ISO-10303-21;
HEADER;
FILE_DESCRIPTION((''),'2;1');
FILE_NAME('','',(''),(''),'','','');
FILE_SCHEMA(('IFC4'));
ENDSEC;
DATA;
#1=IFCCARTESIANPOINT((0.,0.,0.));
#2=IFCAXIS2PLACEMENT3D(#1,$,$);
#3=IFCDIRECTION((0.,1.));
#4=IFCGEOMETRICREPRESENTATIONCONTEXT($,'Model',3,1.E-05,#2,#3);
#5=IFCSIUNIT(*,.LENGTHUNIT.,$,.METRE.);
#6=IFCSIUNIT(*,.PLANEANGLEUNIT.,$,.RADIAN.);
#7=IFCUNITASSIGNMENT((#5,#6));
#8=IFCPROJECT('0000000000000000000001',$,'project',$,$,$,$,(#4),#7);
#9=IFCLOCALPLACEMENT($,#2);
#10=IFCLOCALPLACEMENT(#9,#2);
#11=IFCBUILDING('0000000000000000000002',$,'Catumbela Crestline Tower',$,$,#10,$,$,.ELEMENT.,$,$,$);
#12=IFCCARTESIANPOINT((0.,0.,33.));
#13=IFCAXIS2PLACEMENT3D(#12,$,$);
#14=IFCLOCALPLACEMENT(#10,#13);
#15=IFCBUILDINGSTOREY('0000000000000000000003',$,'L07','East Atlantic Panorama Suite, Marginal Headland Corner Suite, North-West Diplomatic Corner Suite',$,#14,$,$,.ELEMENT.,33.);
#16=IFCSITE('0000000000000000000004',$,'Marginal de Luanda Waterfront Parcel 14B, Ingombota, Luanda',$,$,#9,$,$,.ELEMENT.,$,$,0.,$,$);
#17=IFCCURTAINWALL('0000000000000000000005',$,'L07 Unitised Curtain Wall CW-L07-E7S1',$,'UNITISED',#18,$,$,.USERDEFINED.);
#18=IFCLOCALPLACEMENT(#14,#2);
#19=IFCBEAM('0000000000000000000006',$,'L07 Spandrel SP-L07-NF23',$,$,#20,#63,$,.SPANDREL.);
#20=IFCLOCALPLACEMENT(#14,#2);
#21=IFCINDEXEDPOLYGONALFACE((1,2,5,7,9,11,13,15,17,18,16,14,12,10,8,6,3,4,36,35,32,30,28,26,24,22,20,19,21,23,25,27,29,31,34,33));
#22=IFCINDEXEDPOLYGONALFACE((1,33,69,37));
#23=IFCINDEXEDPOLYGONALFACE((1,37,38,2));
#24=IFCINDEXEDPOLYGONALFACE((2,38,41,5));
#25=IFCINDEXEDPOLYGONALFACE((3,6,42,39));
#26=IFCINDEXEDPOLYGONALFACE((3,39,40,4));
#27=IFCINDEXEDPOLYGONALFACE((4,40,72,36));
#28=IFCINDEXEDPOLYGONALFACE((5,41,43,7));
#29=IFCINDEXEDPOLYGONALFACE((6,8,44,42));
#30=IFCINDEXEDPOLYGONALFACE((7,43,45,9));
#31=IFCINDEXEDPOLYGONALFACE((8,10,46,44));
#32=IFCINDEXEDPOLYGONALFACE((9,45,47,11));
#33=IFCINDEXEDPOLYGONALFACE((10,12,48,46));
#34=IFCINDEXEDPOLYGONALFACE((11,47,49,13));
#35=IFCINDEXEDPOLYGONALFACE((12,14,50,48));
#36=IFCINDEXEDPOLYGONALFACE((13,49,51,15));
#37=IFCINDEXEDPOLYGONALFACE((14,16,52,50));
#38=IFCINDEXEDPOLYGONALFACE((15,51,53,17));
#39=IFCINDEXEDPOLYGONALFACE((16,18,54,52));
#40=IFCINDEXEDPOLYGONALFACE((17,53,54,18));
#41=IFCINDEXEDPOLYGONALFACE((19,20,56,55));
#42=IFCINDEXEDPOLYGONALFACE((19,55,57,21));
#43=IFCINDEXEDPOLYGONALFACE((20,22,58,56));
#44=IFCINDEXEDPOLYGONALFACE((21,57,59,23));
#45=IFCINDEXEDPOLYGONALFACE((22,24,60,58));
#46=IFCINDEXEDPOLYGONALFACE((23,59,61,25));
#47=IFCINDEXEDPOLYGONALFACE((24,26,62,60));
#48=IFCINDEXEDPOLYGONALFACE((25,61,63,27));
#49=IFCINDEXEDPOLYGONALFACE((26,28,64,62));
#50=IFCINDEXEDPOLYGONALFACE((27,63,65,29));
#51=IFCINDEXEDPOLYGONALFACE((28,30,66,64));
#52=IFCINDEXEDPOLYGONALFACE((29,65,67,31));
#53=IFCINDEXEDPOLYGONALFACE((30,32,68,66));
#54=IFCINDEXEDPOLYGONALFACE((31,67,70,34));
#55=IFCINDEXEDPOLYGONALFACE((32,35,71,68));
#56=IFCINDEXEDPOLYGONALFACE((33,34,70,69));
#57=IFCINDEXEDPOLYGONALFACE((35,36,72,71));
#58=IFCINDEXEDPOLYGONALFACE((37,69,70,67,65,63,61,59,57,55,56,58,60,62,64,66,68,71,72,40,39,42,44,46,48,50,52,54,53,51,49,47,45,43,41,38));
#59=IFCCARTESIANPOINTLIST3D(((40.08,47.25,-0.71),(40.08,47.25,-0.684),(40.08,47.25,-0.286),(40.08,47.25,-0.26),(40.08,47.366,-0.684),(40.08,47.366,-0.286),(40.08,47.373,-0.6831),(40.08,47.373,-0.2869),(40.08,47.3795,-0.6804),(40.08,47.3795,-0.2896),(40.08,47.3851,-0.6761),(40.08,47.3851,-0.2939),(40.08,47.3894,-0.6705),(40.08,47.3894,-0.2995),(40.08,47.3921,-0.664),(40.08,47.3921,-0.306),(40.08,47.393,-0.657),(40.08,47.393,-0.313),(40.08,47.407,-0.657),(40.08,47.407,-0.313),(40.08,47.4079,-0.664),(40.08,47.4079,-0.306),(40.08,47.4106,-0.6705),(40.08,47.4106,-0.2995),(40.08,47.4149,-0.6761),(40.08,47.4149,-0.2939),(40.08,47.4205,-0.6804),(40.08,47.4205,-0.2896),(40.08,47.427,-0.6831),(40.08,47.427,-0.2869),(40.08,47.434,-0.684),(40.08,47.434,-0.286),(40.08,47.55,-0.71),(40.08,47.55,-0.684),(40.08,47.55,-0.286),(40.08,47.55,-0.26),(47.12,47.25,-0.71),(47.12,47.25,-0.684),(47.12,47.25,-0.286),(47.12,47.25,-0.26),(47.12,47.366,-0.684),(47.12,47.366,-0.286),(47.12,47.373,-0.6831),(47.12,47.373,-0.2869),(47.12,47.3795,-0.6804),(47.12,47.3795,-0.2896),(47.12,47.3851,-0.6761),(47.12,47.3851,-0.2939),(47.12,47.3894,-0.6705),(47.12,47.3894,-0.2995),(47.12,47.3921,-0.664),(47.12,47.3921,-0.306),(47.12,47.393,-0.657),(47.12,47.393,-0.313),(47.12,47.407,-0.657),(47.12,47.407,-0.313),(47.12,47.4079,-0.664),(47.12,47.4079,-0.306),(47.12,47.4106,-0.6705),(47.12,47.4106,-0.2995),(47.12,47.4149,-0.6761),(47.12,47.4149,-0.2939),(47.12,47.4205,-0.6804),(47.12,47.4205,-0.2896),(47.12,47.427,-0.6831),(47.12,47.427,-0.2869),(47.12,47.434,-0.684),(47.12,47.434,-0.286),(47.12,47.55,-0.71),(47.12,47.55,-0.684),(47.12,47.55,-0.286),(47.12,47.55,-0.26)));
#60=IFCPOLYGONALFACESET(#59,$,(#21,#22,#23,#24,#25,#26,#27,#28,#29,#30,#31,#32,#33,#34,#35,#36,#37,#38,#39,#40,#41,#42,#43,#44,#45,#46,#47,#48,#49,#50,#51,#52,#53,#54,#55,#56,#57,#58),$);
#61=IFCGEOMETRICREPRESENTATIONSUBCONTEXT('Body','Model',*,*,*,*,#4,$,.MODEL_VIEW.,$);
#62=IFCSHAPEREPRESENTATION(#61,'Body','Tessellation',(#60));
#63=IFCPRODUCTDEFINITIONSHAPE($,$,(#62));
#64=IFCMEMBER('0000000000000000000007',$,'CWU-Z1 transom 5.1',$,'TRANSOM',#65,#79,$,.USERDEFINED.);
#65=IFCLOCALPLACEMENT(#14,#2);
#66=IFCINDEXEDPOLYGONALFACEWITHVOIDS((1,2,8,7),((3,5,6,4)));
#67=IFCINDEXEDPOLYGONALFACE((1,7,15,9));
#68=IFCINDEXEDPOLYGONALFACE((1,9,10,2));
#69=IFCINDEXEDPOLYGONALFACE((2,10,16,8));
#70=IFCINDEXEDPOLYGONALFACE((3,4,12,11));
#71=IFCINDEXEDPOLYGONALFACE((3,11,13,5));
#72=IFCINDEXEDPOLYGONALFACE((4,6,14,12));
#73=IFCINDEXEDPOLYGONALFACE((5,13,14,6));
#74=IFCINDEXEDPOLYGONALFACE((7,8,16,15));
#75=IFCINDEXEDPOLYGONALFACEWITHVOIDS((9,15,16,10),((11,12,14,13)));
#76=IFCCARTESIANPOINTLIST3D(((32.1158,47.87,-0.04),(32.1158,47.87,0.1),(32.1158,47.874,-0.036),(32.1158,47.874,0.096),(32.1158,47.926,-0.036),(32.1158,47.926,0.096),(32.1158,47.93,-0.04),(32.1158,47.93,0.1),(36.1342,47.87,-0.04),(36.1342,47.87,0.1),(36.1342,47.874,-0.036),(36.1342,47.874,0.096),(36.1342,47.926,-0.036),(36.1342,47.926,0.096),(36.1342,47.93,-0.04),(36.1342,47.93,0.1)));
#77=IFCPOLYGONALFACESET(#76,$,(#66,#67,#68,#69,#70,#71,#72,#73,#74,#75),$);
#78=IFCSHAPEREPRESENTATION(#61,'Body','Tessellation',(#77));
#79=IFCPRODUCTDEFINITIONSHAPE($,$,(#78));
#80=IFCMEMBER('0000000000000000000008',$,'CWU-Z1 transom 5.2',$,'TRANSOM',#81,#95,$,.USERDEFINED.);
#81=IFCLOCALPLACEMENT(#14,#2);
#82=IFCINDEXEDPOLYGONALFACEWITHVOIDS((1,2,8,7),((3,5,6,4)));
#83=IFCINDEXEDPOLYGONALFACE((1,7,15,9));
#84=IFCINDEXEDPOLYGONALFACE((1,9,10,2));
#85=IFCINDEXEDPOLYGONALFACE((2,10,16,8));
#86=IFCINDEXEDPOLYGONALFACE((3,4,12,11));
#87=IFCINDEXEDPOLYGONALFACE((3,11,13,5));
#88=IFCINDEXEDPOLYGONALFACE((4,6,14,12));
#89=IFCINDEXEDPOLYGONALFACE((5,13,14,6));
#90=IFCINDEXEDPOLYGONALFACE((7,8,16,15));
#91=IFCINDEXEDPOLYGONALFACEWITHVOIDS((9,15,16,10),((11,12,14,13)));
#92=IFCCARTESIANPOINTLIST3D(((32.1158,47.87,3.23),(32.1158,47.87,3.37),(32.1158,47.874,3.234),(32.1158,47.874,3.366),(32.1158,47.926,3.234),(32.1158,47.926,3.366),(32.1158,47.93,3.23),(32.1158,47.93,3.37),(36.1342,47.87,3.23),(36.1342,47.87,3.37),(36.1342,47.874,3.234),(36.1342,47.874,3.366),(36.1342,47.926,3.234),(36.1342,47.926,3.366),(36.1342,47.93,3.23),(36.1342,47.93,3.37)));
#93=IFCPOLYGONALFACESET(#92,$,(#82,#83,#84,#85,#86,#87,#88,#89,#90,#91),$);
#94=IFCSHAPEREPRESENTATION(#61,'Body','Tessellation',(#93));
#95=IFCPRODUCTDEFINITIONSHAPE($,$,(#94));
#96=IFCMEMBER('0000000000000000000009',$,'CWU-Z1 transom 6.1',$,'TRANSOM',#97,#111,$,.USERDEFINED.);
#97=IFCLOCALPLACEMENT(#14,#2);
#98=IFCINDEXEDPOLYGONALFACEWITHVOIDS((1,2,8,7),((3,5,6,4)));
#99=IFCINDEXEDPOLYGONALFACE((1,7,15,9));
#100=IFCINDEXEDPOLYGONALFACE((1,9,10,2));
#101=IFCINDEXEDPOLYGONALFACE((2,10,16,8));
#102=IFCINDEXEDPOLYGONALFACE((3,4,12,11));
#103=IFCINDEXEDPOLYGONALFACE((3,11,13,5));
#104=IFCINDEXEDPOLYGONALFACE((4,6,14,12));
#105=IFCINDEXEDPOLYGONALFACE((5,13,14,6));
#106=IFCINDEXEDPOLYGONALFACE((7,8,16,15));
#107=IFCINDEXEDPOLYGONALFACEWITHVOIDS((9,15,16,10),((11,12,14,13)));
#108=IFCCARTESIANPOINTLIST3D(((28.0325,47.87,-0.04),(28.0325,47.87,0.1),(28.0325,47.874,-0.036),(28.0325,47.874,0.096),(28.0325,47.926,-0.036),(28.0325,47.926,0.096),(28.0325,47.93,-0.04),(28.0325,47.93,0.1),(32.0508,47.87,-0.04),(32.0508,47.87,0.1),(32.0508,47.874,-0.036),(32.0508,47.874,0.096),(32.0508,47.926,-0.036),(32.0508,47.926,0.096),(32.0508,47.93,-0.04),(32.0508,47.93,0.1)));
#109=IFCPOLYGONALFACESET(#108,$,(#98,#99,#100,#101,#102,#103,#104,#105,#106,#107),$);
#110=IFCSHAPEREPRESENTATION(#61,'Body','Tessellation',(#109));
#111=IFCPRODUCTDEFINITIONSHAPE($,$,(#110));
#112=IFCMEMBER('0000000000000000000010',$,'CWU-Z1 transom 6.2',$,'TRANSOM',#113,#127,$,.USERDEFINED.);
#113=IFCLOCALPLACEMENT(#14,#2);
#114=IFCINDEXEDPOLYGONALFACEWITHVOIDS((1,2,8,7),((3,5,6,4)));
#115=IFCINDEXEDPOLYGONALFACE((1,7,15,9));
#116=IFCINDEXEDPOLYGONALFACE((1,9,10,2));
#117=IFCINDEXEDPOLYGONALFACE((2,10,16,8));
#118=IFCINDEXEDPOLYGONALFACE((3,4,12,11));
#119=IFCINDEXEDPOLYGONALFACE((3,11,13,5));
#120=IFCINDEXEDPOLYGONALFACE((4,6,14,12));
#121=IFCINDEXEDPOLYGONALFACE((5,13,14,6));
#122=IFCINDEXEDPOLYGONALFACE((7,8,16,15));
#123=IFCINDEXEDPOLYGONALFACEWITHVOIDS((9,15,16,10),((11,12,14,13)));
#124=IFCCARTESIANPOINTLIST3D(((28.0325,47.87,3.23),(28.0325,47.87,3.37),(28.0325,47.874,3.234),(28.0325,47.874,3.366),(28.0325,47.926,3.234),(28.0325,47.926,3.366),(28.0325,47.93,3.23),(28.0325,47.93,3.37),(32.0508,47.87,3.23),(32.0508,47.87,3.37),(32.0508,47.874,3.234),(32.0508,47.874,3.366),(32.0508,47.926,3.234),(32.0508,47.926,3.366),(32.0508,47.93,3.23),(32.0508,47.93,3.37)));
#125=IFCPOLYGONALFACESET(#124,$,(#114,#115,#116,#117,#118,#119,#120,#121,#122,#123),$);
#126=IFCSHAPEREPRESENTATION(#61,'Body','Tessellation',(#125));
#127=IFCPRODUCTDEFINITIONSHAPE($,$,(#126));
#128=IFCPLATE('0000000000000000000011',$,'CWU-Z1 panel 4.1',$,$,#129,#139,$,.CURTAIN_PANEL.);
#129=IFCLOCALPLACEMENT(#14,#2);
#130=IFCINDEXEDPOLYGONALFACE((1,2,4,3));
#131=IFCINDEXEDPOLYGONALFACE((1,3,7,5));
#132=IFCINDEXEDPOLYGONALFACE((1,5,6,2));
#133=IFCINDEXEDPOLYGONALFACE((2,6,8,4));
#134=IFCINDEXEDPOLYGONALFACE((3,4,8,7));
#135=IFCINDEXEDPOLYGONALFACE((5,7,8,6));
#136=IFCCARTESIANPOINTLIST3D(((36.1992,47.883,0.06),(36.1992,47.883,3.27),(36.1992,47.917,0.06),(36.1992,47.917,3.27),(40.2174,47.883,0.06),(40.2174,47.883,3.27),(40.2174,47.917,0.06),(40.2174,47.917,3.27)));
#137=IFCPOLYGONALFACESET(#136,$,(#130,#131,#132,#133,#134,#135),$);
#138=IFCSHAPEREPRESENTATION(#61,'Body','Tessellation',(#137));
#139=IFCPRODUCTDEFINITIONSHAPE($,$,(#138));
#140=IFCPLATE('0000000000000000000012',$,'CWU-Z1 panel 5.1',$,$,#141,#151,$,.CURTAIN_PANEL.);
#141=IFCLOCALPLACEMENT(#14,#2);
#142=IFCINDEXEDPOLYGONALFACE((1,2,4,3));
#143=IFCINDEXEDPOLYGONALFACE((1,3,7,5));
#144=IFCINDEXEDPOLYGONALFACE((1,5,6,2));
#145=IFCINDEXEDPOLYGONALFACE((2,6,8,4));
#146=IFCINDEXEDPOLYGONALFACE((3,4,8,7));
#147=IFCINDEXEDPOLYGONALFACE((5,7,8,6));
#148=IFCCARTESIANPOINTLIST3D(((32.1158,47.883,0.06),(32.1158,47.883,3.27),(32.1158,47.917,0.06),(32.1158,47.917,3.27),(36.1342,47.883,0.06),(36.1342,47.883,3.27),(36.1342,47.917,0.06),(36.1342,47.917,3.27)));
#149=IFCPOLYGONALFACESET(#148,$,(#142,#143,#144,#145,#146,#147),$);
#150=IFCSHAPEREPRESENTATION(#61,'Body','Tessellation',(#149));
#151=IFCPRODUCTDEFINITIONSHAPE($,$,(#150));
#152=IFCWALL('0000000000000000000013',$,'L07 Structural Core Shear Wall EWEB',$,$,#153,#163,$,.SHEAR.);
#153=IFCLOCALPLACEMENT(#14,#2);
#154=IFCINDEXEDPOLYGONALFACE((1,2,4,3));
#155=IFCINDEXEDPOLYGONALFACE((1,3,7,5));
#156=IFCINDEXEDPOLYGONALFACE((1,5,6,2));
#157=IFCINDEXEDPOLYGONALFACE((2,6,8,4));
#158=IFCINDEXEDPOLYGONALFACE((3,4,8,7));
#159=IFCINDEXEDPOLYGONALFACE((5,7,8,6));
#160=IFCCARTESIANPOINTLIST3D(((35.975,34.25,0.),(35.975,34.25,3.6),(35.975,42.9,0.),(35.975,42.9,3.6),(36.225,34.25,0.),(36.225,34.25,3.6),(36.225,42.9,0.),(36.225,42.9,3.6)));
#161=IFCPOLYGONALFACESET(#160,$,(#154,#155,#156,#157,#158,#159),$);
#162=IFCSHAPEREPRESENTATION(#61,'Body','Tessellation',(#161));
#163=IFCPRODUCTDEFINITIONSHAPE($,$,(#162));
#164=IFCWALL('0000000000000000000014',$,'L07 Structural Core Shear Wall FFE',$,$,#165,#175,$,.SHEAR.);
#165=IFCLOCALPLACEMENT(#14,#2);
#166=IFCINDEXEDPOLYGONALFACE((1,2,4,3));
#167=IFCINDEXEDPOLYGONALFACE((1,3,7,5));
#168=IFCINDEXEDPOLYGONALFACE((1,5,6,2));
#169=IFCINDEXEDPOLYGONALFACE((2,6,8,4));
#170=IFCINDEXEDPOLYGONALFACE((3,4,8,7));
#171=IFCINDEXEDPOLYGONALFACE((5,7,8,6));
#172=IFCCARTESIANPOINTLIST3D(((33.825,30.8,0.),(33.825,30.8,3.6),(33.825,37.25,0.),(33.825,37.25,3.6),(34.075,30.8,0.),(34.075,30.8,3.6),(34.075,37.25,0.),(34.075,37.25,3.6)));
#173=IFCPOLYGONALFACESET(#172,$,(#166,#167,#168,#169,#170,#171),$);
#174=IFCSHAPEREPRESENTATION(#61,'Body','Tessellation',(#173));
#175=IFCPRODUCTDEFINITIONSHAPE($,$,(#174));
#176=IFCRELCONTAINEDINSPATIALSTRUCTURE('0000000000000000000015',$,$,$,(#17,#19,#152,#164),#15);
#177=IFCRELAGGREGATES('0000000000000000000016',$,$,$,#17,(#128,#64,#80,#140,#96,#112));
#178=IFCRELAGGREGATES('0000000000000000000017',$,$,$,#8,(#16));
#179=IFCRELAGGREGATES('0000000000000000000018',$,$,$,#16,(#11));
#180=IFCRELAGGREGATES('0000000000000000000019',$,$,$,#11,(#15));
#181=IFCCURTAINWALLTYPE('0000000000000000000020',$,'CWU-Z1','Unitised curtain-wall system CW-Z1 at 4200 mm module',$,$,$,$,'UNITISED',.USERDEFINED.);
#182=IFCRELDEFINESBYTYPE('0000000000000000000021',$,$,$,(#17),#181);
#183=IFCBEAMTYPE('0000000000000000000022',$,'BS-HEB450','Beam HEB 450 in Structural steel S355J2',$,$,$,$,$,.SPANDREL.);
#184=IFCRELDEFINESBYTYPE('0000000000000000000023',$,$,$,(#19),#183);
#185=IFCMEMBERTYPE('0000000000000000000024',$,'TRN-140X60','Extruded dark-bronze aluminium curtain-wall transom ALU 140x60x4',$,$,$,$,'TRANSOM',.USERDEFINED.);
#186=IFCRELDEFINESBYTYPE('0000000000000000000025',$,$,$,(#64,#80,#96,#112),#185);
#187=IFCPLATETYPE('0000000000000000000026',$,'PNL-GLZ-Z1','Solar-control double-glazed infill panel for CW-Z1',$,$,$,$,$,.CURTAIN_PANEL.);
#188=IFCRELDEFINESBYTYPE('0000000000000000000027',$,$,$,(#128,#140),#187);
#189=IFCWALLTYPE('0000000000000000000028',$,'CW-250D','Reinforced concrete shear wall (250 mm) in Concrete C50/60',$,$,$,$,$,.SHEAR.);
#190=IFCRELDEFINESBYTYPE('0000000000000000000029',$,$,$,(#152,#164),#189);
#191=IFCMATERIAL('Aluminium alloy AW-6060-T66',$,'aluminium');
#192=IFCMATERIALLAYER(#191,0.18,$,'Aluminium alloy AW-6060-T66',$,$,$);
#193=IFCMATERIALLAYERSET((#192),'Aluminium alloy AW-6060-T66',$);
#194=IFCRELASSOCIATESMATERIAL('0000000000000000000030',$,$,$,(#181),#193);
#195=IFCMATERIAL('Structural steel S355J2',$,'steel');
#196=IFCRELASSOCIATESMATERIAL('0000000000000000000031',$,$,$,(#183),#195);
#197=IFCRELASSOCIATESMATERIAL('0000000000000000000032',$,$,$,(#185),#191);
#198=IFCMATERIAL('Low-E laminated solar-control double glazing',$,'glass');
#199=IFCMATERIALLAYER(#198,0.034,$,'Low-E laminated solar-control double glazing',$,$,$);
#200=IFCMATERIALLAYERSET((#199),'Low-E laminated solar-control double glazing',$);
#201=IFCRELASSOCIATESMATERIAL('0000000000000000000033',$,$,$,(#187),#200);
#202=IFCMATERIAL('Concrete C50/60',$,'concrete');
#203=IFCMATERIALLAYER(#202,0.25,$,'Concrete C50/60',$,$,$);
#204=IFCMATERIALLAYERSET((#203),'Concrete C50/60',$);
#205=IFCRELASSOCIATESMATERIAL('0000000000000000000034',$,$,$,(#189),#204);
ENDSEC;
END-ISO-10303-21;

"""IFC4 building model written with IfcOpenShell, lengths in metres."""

from ifc_helpers import new_model, si_unit, direction, frame, frame_2d, origin, origin_2d, place, context, subcontext, project, spatial, rectangle, hollow_rectangle, i_section, extrude, material, layer, layer_set, material_profile, profile_set, type_object, element, aggregate, save


model = new_model("IFC4")

# Units and contexts
model_context = context("Model", 3, precision=1e-05, world=origin(), true_north=direction((0.0, 1.0)))
body_context = subcontext(model_context, "Body", "Model", "MODEL_VIEW")
ifc_project = project(units=[si_unit("LENGTHUNIT", "METRE"), si_unit("PLANEANGLEUNIT", "RADIAN")], contexts=[model_context])

# Site, building, storey
site_placement = place(None, origin())
site = spatial("IfcSite", under=ifc_project, at=site_placement, Name="Marginal de Luanda Waterfront Parcel 14B, Ingombota, Luanda", CompositionType="ELEMENT", RefElevation=0.0)
building_placement = place(site_placement, origin())
building = spatial("IfcBuilding", under=site, at=building_placement, Name="Catumbela Crestline Tower", CompositionType="ELEMENT")
storey_placement = place(building_placement, frame((0.0, 0.0, 33.0)))
storey = spatial("IfcBuildingStorey", under=building, at=storey_placement, Name="L07", Description="East Atlantic Panorama Suite, Marginal Headland Corner Suite, North-West Diplomatic Corner Suite", CompositionType="ELEMENT", Elevation=33.0)

# Shared definitions
ifc_material_1 = material(Name="Structural steel S355J2", Category="steel")

# Curtain wall
ifc_material_2 = material(Name="Aluminium alloy AW-6060-T66", Category="aluminium")
ifc_layer_1 = layer(ifc_material_2, 0.18, Name="Aluminium alloy AW-6060-T66")
ifc_layer_set_1 = layer_set([ifc_layer_1], Name="Aluminium alloy AW-6060-T66")
curtain_wall_type = type_object("IfcCurtainWallType", Name="CWU-Z1", Description="Unitised curtain-wall system CW-Z1 at 4200 mm module", ElementType="UNITISED", PredefinedType="USERDEFINED", material=ifc_layer_set_1)
curtain_wall_placement = place(storey_placement, origin())
curtain_wall = element("IfcCurtainWall", 1, at=curtain_wall_placement, inside=storey, type_object=curtain_wall_type, Name="L07 Unitised Curtain Wall CW-L07-E7S1", ObjectType="UNITISED", PredefinedType="USERDEFINED")

# Beam
ifc_material_profile_1 = material_profile(ifc_material_1, i_section(OverallWidth=0.3, OverallDepth=0.45, WebThickness=0.014, FlangeThickness=0.026, FilletRadius=0.027, at=origin_2d()), Name="HEB 450")
ifc_profile_set_1 = profile_set([ifc_material_profile_1], Name="Structural steel S355J2")
beam_type_1 = type_object("IfcBeamType", Name="BS-HEB450", Description="Beam HEB 450 in Structural steel S355J2", PredefinedType="SPANDREL", material=ifc_profile_set_1)
beam_1_placement = place(storey_placement, frame((40.08, 47.4, -0.485), z_axis=(1.0, 0.0, 0.0), x_axis=(0.0, 1.0, 0.0)))
element("IfcBeam", 2, at=beam_1_placement, inside=storey, type_object=beam_type_1, Name="L07 Spandrel SP-L07-NF23", PredefinedType="SPANDREL", context=body_context, shape_type="SweptSolid", body=[
    extrude(i_section(OverallWidth=0.3, OverallDepth=0.45, WebThickness=0.014, FlangeThickness=0.026, FilletRadius=0.027, at=origin_2d()), origin(), (0.0, 0.0, 1.0), 7.04),
])

# Members
ifc_material_profile_2 = material_profile(ifc_material_2, hollow_rectangle(XDim=0.06, YDim=0.14, WallThickness=0.004, at=origin_2d()), Name="ALU 140x60x4")
ifc_profile_set_2 = profile_set([ifc_material_profile_2], Name="Aluminium alloy AW-6060-T66")
member_type_1 = type_object("IfcMemberType", Name="TRN-140X60", Description="Extruded dark-bronze aluminium curtain-wall transom ALU 140x60x4", ElementType="TRANSOM", PredefinedType="USERDEFINED", material=ifc_profile_set_2)
member_1_placement = place(storey_placement, frame((36.1342, 47.9, 0.03), z_axis=(-1.0, 0.0, 0.0), x_axis=(0.0, -1.0, 0.0)))
member_1 = element("IfcMember", 3, at=member_1_placement, type_object=member_type_1, Name="CWU-Z1 transom 5.1", ObjectType="TRANSOM", PredefinedType="USERDEFINED", context=body_context, shape_type="SweptSolid", body=[
    extrude(hollow_rectangle(XDim=0.06, YDim=0.14, WallThickness=0.004, at=origin_2d()), origin(), (0.0, 0.0, 1.0), 4.0184),
])
member_2_placement = place(storey_placement, frame((36.1342, 47.9, 3.3), z_axis=(-1.0, 0.0, 0.0), x_axis=(0.0, -1.0, 0.0)))
member_2 = element("IfcMember", 4, at=member_2_placement, type_object=member_type_1, Name="CWU-Z1 transom 5.2", ObjectType="TRANSOM", PredefinedType="USERDEFINED", context=body_context, shape_type="SweptSolid", body=[
    extrude(hollow_rectangle(XDim=0.06, YDim=0.14, WallThickness=0.004, at=origin_2d()), origin(), (0.0, 0.0, 1.0), 4.0184),
])
member_3_placement = place(storey_placement, frame((32.0508, 47.9, 0.03), z_axis=(-1.0, 0.0, 0.0), x_axis=(0.0, -1.0, 0.0)))
member_3 = element("IfcMember", 5, at=member_3_placement, type_object=member_type_1, Name="CWU-Z1 transom 6.1", ObjectType="TRANSOM", PredefinedType="USERDEFINED", context=body_context, shape_type="SweptSolid", body=[
    extrude(hollow_rectangle(XDim=0.06, YDim=0.14, WallThickness=0.004, at=origin_2d()), origin(), (0.0, 0.0, 1.0), 4.0183),
])
member_4_placement = place(storey_placement, frame((32.0508, 47.9, 3.3), z_axis=(-1.0, 0.0, 0.0), x_axis=(0.0, -1.0, 0.0)))
member_4 = element("IfcMember", 6, at=member_4_placement, type_object=member_type_1, Name="CWU-Z1 transom 6.2", ObjectType="TRANSOM", PredefinedType="USERDEFINED", context=body_context, shape_type="SweptSolid", body=[
    extrude(hollow_rectangle(XDim=0.06, YDim=0.14, WallThickness=0.004, at=origin_2d()), origin(), (0.0, 0.0, 1.0), 4.0183),
])

# Plates
ifc_material_3 = material(Name="Low-E laminated solar-control double glazing", Category="glass")
ifc_layer_2 = layer(ifc_material_3, 0.034, Name="Low-E laminated solar-control double glazing")
ifc_layer_set_2 = layer_set([ifc_layer_2], Name="Low-E laminated solar-control double glazing")
plate_type = type_object("IfcPlateType", Name="PNL-GLZ-Z1", Description="Solar-control double-glazed infill panel for CW-Z1", PredefinedType="CURTAIN_PANEL", material=ifc_layer_set_2)
plate_1_placement = place(storey_placement, frame((38.2083, 47.9, 0.06), z_axis=(0.0, 0.0, 1.0), x_axis=(-1.0, 0.0, 0.0)))
plate_1 = element("IfcPlate", 7, at=plate_1_placement, type_object=plate_type, Name="CWU-Z1 panel 4.1", PredefinedType="CURTAIN_PANEL", context=body_context, shape_type="SweptSolid", body=[
    extrude(rectangle(XDim=4.0183, YDim=0.034, at=origin_2d()), origin(), (0.0, 0.0, 1.0), 3.21),
])
plate_2_placement = place(storey_placement, frame((34.125, 47.9, 0.06), z_axis=(0.0, 0.0, 1.0), x_axis=(-1.0, 0.0, 0.0)))
plate_2 = element("IfcPlate", 8, at=plate_2_placement, type_object=plate_type, Name="CWU-Z1 panel 5.1", PredefinedType="CURTAIN_PANEL", context=body_context, shape_type="SweptSolid", body=[
    extrude(rectangle(XDim=4.0183, YDim=0.034, at=origin_2d()), origin(), (0.0, 0.0, 1.0), 3.21),
])
aggregate(curtain_wall, [plate_1, member_1, member_2, plate_2, member_3, member_4])

# Walls
ifc_material_4 = material(Name="Concrete C50/60", Category="concrete")
ifc_layer_3 = layer(ifc_material_4, 0.25, Name="Concrete C50/60")
ifc_layer_set_3 = layer_set([ifc_layer_3], Name="Concrete C50/60")
wall_type_1 = type_object("IfcWallType", Name="CW-250D", Description="Reinforced concrete shear wall (250 mm) in Concrete C50/60", PredefinedType="SHEAR", material=ifc_layer_set_3)
wall_1_placement = place(storey_placement, frame((36.1, 34.25, 0.0), z_axis=(0.0, 0.0, 1.0), x_axis=(0.0, 1.0, 0.0)))
element("IfcWall", 9, at=wall_1_placement, inside=storey, type_object=wall_type_1, Name="L07 Structural Core Shear Wall EWEB", PredefinedType="SHEAR", context=body_context, shape_type="SweptSolid", body=[
    extrude(rectangle(XDim=8.65, YDim=0.25, at=frame_2d((4.325, 0.0))), origin(), (0.0, 0.0, 1.0), 3.6),
])
wall_2_placement = place(storey_placement, frame((33.95, 30.8, 0.0), z_axis=(0.0, 0.0, 1.0), x_axis=(0.0, 1.0, 0.0)))
element("IfcWall", 10, at=wall_2_placement, inside=storey, type_object=wall_type_1, Name="L07 Structural Core Shear Wall FFE", PredefinedType="SHEAR", context=body_context, shape_type="SweptSolid", body=[
    extrude(rectangle(XDim=6.45, YDim=0.25, at=frame_2d((3.225, 0.0))), origin(), (0.0, 0.0, 1.0), 3.6),
])

save(model, "model.ifc")
